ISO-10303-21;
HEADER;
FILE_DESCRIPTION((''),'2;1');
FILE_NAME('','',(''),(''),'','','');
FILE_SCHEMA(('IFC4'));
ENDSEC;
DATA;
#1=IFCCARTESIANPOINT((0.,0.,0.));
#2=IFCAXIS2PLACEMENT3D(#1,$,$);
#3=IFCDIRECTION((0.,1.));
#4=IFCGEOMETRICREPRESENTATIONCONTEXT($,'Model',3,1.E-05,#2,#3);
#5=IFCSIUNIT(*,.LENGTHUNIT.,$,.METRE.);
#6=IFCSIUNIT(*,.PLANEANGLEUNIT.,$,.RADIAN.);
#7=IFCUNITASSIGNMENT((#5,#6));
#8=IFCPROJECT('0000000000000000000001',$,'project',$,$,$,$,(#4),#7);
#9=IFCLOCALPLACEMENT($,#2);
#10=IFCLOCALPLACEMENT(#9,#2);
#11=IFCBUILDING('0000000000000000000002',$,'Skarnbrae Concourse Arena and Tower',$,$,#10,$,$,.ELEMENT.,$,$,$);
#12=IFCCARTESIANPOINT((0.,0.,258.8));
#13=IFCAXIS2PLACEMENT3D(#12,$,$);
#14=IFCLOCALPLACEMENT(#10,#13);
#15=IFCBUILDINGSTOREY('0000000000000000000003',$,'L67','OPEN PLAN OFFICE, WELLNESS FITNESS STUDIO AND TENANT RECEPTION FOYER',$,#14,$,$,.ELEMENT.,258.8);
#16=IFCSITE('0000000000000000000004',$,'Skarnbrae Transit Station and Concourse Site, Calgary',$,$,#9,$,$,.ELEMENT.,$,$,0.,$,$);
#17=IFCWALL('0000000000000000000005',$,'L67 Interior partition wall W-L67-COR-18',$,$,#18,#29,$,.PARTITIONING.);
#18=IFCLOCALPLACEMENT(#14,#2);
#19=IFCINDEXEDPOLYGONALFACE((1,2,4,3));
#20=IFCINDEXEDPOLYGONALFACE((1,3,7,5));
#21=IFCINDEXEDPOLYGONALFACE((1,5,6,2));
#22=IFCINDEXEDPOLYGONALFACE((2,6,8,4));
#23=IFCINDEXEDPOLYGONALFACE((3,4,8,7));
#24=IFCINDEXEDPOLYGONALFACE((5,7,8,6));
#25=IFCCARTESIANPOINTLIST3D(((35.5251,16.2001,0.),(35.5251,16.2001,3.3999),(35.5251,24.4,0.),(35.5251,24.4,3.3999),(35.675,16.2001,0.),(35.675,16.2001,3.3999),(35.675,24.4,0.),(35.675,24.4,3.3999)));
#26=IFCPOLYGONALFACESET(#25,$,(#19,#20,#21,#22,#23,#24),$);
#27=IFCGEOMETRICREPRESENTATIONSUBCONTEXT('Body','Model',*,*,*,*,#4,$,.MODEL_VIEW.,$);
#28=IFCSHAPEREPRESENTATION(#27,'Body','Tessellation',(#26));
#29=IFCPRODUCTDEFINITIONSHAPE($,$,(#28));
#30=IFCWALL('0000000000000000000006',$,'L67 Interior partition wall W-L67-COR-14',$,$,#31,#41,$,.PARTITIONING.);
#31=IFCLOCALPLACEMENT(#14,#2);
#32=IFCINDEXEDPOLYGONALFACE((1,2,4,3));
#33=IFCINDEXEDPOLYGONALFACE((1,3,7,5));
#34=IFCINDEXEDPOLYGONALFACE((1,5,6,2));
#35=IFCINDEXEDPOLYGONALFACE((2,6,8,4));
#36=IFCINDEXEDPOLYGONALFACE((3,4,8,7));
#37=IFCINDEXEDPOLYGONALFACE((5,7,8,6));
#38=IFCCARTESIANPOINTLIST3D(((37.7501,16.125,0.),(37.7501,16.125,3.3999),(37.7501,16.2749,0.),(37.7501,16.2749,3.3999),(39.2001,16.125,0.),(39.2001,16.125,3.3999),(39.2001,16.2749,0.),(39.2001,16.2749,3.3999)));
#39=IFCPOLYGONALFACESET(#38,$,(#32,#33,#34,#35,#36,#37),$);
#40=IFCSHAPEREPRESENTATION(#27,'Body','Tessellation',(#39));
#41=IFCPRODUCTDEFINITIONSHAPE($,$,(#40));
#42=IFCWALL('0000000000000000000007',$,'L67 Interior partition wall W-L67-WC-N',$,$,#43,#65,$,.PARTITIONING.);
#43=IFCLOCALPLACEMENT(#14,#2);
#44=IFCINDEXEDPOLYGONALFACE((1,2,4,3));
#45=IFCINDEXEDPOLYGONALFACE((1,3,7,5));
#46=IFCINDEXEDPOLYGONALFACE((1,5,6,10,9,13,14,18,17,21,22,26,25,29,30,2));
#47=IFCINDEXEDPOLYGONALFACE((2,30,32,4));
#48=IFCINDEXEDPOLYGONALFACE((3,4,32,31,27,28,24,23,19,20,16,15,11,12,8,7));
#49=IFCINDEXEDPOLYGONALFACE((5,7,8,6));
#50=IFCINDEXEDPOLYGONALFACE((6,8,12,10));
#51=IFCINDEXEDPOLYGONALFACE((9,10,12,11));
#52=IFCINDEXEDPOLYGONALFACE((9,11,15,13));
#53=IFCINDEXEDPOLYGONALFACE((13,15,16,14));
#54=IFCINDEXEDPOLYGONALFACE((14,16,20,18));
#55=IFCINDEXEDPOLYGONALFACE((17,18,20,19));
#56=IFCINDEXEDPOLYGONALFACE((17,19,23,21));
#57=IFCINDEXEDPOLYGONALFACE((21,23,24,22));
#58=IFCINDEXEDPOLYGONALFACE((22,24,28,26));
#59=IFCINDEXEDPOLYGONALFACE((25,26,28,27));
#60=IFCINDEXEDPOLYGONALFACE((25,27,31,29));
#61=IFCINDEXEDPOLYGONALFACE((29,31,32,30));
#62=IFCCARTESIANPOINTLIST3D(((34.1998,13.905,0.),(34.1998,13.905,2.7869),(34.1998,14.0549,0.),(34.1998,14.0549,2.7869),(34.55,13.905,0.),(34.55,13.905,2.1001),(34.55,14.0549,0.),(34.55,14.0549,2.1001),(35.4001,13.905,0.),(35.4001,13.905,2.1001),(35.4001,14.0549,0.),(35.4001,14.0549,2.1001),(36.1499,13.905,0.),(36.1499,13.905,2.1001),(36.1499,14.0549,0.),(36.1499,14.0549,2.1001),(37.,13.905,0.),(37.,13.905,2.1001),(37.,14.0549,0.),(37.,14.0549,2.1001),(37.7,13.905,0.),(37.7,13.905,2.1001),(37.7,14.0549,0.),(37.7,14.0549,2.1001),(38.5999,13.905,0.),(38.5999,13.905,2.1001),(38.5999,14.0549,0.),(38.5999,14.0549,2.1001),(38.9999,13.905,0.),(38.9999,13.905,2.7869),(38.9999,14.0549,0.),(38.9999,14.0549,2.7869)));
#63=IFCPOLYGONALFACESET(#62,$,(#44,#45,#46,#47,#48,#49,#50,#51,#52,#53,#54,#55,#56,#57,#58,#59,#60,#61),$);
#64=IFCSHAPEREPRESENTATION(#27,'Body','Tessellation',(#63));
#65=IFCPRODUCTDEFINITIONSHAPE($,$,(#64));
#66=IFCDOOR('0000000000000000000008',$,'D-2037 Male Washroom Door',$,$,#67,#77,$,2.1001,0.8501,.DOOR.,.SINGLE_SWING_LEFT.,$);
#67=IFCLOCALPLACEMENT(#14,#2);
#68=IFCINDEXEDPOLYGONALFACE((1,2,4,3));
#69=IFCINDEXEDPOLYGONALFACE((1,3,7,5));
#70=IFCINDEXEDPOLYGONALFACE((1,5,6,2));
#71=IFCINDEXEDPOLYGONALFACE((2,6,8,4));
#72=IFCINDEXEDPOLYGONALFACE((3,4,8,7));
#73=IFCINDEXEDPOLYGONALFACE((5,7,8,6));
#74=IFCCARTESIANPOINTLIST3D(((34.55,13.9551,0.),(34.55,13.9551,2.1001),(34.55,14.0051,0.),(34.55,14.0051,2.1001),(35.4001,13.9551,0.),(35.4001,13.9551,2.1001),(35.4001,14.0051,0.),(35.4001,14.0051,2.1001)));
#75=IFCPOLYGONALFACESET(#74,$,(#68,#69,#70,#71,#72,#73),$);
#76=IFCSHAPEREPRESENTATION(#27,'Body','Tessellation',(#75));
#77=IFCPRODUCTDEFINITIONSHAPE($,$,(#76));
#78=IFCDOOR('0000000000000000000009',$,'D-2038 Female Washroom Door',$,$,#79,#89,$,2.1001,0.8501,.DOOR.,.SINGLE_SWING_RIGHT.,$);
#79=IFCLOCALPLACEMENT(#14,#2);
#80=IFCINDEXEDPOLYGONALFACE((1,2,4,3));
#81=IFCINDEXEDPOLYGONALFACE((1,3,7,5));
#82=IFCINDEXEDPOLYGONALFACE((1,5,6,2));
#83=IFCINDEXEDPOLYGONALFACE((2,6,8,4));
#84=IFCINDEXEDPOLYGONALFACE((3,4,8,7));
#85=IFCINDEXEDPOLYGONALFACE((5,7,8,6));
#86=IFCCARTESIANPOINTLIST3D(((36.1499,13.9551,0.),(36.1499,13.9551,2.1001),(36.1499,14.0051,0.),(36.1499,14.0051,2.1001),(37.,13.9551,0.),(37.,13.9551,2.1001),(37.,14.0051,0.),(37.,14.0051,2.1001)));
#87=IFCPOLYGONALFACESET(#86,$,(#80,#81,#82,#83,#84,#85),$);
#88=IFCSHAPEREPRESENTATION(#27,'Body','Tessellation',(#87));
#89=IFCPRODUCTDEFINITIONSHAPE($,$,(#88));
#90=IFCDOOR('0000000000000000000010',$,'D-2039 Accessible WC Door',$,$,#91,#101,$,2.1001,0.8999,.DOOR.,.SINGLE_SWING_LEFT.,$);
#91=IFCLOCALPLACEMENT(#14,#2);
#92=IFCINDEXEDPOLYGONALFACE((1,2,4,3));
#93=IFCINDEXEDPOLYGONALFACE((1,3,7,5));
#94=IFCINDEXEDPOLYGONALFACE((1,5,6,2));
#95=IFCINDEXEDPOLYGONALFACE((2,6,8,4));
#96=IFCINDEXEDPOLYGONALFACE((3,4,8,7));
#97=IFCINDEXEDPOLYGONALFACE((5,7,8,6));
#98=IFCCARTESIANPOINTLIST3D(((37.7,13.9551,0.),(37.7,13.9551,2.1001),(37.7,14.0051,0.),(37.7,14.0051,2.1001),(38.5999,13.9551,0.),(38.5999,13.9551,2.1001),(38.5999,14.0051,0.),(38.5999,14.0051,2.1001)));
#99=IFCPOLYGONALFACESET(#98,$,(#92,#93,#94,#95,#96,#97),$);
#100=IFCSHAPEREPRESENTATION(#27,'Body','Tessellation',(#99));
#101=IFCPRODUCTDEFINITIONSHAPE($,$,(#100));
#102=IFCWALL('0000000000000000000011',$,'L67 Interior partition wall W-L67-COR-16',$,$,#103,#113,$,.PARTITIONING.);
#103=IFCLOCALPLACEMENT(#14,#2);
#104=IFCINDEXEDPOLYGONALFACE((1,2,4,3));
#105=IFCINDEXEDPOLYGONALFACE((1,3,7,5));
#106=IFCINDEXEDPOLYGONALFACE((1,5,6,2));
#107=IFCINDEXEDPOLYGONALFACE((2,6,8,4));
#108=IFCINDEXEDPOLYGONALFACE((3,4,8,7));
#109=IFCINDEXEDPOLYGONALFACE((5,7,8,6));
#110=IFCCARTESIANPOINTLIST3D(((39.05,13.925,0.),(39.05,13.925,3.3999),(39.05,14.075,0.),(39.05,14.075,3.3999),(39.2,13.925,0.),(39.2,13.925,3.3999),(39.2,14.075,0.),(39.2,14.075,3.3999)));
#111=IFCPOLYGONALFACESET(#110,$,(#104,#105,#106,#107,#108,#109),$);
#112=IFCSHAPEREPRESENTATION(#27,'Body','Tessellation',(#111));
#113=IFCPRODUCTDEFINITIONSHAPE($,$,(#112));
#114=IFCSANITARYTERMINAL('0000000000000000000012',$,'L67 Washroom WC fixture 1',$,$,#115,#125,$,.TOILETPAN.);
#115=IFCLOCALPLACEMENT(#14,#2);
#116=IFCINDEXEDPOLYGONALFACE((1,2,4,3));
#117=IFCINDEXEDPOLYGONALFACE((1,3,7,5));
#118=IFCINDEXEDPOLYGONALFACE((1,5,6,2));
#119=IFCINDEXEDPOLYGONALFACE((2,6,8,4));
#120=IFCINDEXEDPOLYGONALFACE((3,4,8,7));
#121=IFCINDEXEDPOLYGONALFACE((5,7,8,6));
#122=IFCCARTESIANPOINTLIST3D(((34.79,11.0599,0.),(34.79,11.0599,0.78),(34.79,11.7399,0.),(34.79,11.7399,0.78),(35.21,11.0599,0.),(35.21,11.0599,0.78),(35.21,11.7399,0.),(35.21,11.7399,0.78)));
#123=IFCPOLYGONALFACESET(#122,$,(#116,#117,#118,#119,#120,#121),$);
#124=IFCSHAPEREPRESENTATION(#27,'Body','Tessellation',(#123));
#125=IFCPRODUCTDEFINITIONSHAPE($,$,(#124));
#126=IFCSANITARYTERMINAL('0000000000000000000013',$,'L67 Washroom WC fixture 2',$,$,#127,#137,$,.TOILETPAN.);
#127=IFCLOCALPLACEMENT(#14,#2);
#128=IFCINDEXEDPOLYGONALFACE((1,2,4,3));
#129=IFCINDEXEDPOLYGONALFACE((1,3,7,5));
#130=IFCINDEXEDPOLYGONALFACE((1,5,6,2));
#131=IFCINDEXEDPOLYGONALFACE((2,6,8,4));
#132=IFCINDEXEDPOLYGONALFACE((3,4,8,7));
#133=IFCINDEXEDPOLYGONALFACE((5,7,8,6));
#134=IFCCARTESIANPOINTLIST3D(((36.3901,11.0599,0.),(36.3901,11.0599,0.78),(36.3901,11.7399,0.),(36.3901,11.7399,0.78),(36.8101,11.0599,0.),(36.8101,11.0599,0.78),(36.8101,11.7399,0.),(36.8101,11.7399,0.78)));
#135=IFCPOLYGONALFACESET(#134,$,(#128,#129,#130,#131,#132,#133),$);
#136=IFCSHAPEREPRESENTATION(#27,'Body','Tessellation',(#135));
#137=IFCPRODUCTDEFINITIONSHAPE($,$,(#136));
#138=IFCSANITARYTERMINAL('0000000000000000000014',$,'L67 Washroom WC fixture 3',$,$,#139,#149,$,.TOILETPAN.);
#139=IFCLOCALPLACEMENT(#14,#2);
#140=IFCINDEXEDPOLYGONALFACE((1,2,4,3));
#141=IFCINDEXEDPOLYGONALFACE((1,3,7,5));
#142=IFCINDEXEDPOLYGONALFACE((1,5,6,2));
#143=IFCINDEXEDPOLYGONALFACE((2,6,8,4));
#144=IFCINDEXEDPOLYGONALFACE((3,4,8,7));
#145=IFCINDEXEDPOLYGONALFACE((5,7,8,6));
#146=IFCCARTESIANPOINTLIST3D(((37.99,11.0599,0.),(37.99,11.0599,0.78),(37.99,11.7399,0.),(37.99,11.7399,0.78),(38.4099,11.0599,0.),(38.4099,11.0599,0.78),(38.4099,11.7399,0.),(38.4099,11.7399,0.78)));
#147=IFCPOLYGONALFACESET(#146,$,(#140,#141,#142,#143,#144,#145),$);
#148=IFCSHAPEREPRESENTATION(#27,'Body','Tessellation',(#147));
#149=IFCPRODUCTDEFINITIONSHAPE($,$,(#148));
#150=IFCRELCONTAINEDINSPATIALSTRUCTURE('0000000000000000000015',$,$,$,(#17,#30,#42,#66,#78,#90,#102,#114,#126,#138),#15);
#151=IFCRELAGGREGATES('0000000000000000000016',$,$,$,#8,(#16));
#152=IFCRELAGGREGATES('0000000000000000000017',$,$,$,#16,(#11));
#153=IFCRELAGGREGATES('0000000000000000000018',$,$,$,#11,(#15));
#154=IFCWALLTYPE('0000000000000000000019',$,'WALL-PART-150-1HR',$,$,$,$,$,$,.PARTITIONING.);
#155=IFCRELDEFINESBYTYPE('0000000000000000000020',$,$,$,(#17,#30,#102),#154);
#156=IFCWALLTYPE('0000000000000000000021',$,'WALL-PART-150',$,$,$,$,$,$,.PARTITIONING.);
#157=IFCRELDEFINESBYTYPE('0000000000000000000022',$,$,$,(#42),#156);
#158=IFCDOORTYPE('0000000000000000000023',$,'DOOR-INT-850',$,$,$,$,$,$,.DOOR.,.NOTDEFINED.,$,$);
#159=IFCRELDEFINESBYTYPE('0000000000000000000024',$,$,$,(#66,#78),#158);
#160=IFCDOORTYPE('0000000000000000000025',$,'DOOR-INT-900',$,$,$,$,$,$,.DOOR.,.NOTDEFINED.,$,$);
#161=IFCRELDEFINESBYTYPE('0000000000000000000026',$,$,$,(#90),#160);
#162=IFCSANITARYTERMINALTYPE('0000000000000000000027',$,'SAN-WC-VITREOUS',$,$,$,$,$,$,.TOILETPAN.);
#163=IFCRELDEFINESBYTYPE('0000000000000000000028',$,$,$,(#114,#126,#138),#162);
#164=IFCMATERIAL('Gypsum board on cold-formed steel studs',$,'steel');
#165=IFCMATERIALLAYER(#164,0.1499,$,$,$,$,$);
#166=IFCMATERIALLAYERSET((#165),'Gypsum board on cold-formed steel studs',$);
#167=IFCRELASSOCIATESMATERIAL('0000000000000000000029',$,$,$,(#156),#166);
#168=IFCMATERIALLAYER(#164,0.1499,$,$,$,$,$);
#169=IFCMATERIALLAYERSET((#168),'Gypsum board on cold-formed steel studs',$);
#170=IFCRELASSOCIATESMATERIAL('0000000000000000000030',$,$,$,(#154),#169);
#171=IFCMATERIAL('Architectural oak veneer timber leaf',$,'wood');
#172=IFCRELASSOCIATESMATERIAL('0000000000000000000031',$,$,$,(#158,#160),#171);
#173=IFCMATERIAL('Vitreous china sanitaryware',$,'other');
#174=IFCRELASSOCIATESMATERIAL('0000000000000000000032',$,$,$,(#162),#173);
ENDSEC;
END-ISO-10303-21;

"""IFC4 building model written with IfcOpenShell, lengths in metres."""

from ifc_helpers import new_model, si_unit, direction, frame, frame_2d, origin, origin_2d, place, context, subcontext, project, spatial, rectangle, extrude, source, transform, mapped, material, layer, layer_set, type_object, element, fill, save


model = new_model("IFC4")

# Units and contexts
model_context = context("Model", 3, precision=1e-05, world=origin(), true_north=direction((0.0, 1.0)))
body_context = subcontext(model_context, "Body", "Model", "MODEL_VIEW")
ifc_project = project(units=[si_unit("LENGTHUNIT", "METRE"), si_unit("PLANEANGLEUNIT", "RADIAN")], contexts=[model_context])

# Site, building, storey
site_placement = place(None, origin())
site = spatial("IfcSite", under=ifc_project, at=site_placement, Name="Skarnbrae Transit Station and Concourse Site, Calgary", CompositionType="ELEMENT", RefElevation=0.0)
building_placement = place(site_placement, origin())
building = spatial("IfcBuilding", under=site, at=building_placement, Name="Skarnbrae Concourse Arena and Tower", CompositionType="ELEMENT")
storey_placement = place(building_placement, frame((0.0, 0.0, 258.8)))
storey = spatial("IfcBuildingStorey", under=building, at=storey_placement, Name="L67", Description="OPEN PLAN OFFICE, WELLNESS FITNESS STUDIO AND TENANT RECEPTION FOYER", CompositionType="ELEMENT", Elevation=258.8)

# Walls
ifc_material_1 = material(Name="Gypsum board on cold-formed steel studs", Category="steel")
ifc_layer_1 = layer(ifc_material_1, 0.1499)
ifc_layer_set_1 = layer_set([ifc_layer_1], Name="Gypsum board on cold-formed steel studs")
wall_type_1 = type_object("IfcWallType", Name="WALL-PART-150", PredefinedType="PARTITIONING", material=ifc_layer_set_1)
ifc_layer_2 = layer(ifc_material_1, 0.1499)
ifc_layer_set_2 = layer_set([ifc_layer_2], Name="Gypsum board on cold-formed steel studs")
wall_type_2 = type_object("IfcWallType", Name="WALL-PART-150-1HR", PredefinedType="PARTITIONING", material=ifc_layer_set_2)
shared_shape_1 = source(origin(), body_context, "Body", "SweptSolid", [
    extrude(rectangle(XDim=8.2, YDim=0.1499, at=frame_2d((4.1001, 0.0))), origin(), (0.0, 0.0, 1.0), 3.3999),
])
wall_1_placement = place(storey_placement, frame((35.6001, 16.2, 0.0), z_axis=(0.0, 0.0, 1.0), x_axis=(0.0, 1.0, 0.0)))
element("IfcWall", 1, at=wall_1_placement, inside=storey, type_object=wall_type_2, Name="L67 Interior partition wall W-L67-COR-18", PredefinedType="PARTITIONING", context=body_context, shape_type="MappedRepresentation", body=[
    mapped(shared_shape_1, transform((0.0, 0.0, 0.0))),
])
shared_shape_2 = source(origin(), body_context, "Body", "SweptSolid", [
    extrude(rectangle(XDim=1.45, YDim=0.1499, at=frame_2d((0.7251, 0.0))), origin(), (0.0, 0.0, 1.0), 3.3999),
])
wall_2_placement = place(storey_placement, frame((37.75, 16.2, 0.0), z_axis=(0.0, 0.0, 1.0), x_axis=(1.0, 0.0, 0.0)))
element("IfcWall", 2, at=wall_2_placement, inside=storey, type_object=wall_type_2, Name="L67 Interior partition wall W-L67-COR-14", PredefinedType="PARTITIONING", context=body_context, shape_type="MappedRepresentation", body=[
    mapped(shared_shape_2, transform((0.0, 0.0, 0.0))),
])

# Wall, openings, doors
shared_shape_3 = source(origin(), body_context, "Body", "SweptSolid", [
    extrude(rectangle(XDim=4.8, YDim=0.1499, at=frame_2d((2.3999, 0.0))), origin(), (0.0, 0.0, 1.0), 2.7869),
])
wall_3_placement = place(storey_placement, frame((34.2, 13.98, 0.0), z_axis=(0.0, 0.0, 1.0), x_axis=(1.0, 0.0, 0.0)))
wall_3 = element("IfcWall", 3, at=wall_3_placement, inside=storey, type_object=wall_type_1, Name="L67 Interior partition wall W-L67-WC-N", PredefinedType="PARTITIONING", context=body_context, shape_type="MappedRepresentation", body=[
    mapped(shared_shape_3, transform((0.0, 0.0, 0.0))),
])
opening_1_placement = place(wall_3_placement, frame((0.3501, 0.0, 0.0)))
opening_1 = element("IfcOpeningElement", 4, at=opening_1_placement, cuts=wall_3, PredefinedType="OPENING", context=body_context, shape_type="SweptSolid", body=[
    extrude(rectangle(XDim=0.8501, YDim=2.1001, at=frame_2d((0.425, 1.05))), frame((0.0, 0.085, 0.0), z_axis=(0.0, -1.0, 0.0), x_axis=(1.0, 0.0, 0.0)), (0.0, 0.0, 1.0), 0.1699),
])
opening_2_placement = place(wall_3_placement, frame((1.95, 0.0, 0.0)))
opening_2 = element("IfcOpeningElement", 5, at=opening_2_placement, cuts=wall_3, PredefinedType="OPENING", context=body_context, shape_type="SweptSolid", body=[
    extrude(rectangle(XDim=0.8501, YDim=2.1001, at=frame_2d((0.425, 1.05))), frame((0.0, 0.085, 0.0), z_axis=(0.0, -1.0, 0.0), x_axis=(1.0, 0.0, 0.0)), (0.0, 0.0, 1.0), 0.1699),
])
opening_3_placement = place(wall_3_placement, frame((3.5, 0.0, 0.0)))
opening_3 = element("IfcOpeningElement", 6, at=opening_3_placement, cuts=wall_3, PredefinedType="OPENING", context=body_context, shape_type="SweptSolid", body=[
    extrude(rectangle(XDim=0.8999, YDim=2.1001, at=frame_2d((0.45, 1.05))), frame((0.0, 0.085, 0.0), z_axis=(0.0, -1.0, 0.0), x_axis=(1.0, 0.0, 0.0)), (0.0, 0.0, 1.0), 0.1699),
])
ifc_material_2 = material(Name="Architectural oak veneer timber leaf", Category="wood")
door_type_1 = type_object("IfcDoorType", Name="DOOR-INT-850", OperationType="NOTDEFINED", PredefinedType="DOOR", material=ifc_material_2)
shared_shape_4 = source(origin(), body_context, "Body", "SweptSolid", [
    extrude(rectangle(XDim=0.8501, YDim=2.1001, at=frame_2d((0.425, 1.05))), frame((0.0, 0.0249, 0.0), z_axis=(0.0, -1.0, 0.0), x_axis=(1.0, 0.0, 0.0)), (0.0, 0.0, 1.0), 0.05),
])
door_1_placement = place(opening_1_placement, frame((0.8501, 0.0, 0.0), z_axis=(0.0, 0.0, 1.0), x_axis=(-1.0, 0.0, 0.0)))
door_1 = element("IfcDoor", 7, at=door_1_placement, inside=storey, type_object=door_type_1, Name="D-2037 Male Washroom Door", OperationType="SINGLE_SWING_LEFT", OverallHeight=2.1001, OverallWidth=0.8501, PredefinedType="DOOR", context=body_context, shape_type="MappedRepresentation", body=[
    mapped(shared_shape_4, transform((0.0, 0.0, 0.0))),
])
fill(opening_1, door_1)
door_2_placement = place(opening_2_placement, frame((0.8501, 0.0, 0.0), z_axis=(0.0, 0.0, 1.0), x_axis=(-1.0, 0.0, 0.0)))
door_2 = element("IfcDoor", 8, at=door_2_placement, inside=storey, type_object=door_type_1, Name="D-2038 Female Washroom Door", OperationType="SINGLE_SWING_RIGHT", OverallHeight=2.1001, OverallWidth=0.8501, PredefinedType="DOOR", context=body_context, shape_type="MappedRepresentation", body=[
    mapped(shared_shape_4, transform((0.0, 0.0, 0.0))),
])
fill(opening_2, door_2)
door_type_2 = type_object("IfcDoorType", Name="DOOR-INT-900", OperationType="NOTDEFINED", PredefinedType="DOOR", material=ifc_material_2)
shared_shape_5 = source(origin(), body_context, "Body", "SweptSolid", [
    extrude(rectangle(XDim=0.8999, YDim=2.1001, at=frame_2d((0.45, 1.05))), frame((0.0, 0.0249, 0.0), z_axis=(0.0, -1.0, 0.0), x_axis=(1.0, 0.0, 0.0)), (0.0, 0.0, 1.0), 0.05),
])
door_3_placement = place(opening_3_placement, frame((0.8999, 0.0, 0.0), z_axis=(0.0, 0.0, 1.0), x_axis=(-1.0, 0.0, 0.0)))
door_3 = element("IfcDoor", 9, at=door_3_placement, inside=storey, type_object=door_type_2, Name="D-2039 Accessible WC Door", OperationType="SINGLE_SWING_LEFT", OverallHeight=2.1001, OverallWidth=0.8999, PredefinedType="DOOR", context=body_context, shape_type="MappedRepresentation", body=[
    mapped(shared_shape_5, transform((0.0, 0.0, 0.0))),
])
fill(opening_3, door_3)

# Wall
shared_shape_6 = source(origin(), body_context, "Body", "SweptSolid", [
    extrude(rectangle(XDim=0.1499, YDim=0.1499, at=frame_2d((0.075, 0.0))), origin(), (0.0, 0.0, 1.0), 3.3999),
])
wall_4_placement = place(storey_placement, frame((39.2, 14.0, 0.0), z_axis=(0.0, 0.0, 1.0), x_axis=(-1.0, 0.0, 0.0)))
element("IfcWall", 10, at=wall_4_placement, inside=storey, type_object=wall_type_2, Name="L67 Interior partition wall W-L67-COR-16", PredefinedType="PARTITIONING", context=body_context, shape_type="MappedRepresentation", body=[
    mapped(shared_shape_6, transform((0.0, 0.0, 0.0))),
])

# Sanitary terminals
ifc_material_3 = material(Name="Vitreous china sanitaryware", Category="other")
sanitary_terminal_type = type_object("IfcSanitaryTerminalType", Name="SAN-WC-VITREOUS", PredefinedType="TOILETPAN", material=ifc_material_3)
shared_shape_7 = source(origin(), body_context, "Body", "SweptSolid", [
    extrude(rectangle(XDim=0.4199, YDim=0.6799, at=origin_2d()), origin(), (0.0, 0.0, 1.0), 0.78),
])
for number, where, z_axis, x_axis, name in (
    (11, (35.0, 11.3999, 0.0), (0.0, 0.0, 1.0), (1.0, 0.0, 0.0), "L67 Washroom WC fixture 1"),
    (12, (36.6001, 11.3999, 0.0), (0.0, 0.0, 1.0), (1.0, 0.0, 0.0), "L67 Washroom WC fixture 2"),
    (13, (38.2, 11.3999, 0.0), (0.0, 0.0, 1.0), (1.0, 0.0, 0.0), "L67 Washroom WC fixture 3"),
):
    element("IfcSanitaryTerminal", number, at=place(storey_placement, frame(where, z_axis=z_axis, x_axis=x_axis)), inside=storey, type_object=sanitary_terminal_type, Name=name, PredefinedType="TOILETPAN", context=body_context, shape_type="MappedRepresentation", body=[
        mapped(shared_shape_7, transform((0.0, 0.0, 0.0))),
    ])

save(model, "model.ifc")
